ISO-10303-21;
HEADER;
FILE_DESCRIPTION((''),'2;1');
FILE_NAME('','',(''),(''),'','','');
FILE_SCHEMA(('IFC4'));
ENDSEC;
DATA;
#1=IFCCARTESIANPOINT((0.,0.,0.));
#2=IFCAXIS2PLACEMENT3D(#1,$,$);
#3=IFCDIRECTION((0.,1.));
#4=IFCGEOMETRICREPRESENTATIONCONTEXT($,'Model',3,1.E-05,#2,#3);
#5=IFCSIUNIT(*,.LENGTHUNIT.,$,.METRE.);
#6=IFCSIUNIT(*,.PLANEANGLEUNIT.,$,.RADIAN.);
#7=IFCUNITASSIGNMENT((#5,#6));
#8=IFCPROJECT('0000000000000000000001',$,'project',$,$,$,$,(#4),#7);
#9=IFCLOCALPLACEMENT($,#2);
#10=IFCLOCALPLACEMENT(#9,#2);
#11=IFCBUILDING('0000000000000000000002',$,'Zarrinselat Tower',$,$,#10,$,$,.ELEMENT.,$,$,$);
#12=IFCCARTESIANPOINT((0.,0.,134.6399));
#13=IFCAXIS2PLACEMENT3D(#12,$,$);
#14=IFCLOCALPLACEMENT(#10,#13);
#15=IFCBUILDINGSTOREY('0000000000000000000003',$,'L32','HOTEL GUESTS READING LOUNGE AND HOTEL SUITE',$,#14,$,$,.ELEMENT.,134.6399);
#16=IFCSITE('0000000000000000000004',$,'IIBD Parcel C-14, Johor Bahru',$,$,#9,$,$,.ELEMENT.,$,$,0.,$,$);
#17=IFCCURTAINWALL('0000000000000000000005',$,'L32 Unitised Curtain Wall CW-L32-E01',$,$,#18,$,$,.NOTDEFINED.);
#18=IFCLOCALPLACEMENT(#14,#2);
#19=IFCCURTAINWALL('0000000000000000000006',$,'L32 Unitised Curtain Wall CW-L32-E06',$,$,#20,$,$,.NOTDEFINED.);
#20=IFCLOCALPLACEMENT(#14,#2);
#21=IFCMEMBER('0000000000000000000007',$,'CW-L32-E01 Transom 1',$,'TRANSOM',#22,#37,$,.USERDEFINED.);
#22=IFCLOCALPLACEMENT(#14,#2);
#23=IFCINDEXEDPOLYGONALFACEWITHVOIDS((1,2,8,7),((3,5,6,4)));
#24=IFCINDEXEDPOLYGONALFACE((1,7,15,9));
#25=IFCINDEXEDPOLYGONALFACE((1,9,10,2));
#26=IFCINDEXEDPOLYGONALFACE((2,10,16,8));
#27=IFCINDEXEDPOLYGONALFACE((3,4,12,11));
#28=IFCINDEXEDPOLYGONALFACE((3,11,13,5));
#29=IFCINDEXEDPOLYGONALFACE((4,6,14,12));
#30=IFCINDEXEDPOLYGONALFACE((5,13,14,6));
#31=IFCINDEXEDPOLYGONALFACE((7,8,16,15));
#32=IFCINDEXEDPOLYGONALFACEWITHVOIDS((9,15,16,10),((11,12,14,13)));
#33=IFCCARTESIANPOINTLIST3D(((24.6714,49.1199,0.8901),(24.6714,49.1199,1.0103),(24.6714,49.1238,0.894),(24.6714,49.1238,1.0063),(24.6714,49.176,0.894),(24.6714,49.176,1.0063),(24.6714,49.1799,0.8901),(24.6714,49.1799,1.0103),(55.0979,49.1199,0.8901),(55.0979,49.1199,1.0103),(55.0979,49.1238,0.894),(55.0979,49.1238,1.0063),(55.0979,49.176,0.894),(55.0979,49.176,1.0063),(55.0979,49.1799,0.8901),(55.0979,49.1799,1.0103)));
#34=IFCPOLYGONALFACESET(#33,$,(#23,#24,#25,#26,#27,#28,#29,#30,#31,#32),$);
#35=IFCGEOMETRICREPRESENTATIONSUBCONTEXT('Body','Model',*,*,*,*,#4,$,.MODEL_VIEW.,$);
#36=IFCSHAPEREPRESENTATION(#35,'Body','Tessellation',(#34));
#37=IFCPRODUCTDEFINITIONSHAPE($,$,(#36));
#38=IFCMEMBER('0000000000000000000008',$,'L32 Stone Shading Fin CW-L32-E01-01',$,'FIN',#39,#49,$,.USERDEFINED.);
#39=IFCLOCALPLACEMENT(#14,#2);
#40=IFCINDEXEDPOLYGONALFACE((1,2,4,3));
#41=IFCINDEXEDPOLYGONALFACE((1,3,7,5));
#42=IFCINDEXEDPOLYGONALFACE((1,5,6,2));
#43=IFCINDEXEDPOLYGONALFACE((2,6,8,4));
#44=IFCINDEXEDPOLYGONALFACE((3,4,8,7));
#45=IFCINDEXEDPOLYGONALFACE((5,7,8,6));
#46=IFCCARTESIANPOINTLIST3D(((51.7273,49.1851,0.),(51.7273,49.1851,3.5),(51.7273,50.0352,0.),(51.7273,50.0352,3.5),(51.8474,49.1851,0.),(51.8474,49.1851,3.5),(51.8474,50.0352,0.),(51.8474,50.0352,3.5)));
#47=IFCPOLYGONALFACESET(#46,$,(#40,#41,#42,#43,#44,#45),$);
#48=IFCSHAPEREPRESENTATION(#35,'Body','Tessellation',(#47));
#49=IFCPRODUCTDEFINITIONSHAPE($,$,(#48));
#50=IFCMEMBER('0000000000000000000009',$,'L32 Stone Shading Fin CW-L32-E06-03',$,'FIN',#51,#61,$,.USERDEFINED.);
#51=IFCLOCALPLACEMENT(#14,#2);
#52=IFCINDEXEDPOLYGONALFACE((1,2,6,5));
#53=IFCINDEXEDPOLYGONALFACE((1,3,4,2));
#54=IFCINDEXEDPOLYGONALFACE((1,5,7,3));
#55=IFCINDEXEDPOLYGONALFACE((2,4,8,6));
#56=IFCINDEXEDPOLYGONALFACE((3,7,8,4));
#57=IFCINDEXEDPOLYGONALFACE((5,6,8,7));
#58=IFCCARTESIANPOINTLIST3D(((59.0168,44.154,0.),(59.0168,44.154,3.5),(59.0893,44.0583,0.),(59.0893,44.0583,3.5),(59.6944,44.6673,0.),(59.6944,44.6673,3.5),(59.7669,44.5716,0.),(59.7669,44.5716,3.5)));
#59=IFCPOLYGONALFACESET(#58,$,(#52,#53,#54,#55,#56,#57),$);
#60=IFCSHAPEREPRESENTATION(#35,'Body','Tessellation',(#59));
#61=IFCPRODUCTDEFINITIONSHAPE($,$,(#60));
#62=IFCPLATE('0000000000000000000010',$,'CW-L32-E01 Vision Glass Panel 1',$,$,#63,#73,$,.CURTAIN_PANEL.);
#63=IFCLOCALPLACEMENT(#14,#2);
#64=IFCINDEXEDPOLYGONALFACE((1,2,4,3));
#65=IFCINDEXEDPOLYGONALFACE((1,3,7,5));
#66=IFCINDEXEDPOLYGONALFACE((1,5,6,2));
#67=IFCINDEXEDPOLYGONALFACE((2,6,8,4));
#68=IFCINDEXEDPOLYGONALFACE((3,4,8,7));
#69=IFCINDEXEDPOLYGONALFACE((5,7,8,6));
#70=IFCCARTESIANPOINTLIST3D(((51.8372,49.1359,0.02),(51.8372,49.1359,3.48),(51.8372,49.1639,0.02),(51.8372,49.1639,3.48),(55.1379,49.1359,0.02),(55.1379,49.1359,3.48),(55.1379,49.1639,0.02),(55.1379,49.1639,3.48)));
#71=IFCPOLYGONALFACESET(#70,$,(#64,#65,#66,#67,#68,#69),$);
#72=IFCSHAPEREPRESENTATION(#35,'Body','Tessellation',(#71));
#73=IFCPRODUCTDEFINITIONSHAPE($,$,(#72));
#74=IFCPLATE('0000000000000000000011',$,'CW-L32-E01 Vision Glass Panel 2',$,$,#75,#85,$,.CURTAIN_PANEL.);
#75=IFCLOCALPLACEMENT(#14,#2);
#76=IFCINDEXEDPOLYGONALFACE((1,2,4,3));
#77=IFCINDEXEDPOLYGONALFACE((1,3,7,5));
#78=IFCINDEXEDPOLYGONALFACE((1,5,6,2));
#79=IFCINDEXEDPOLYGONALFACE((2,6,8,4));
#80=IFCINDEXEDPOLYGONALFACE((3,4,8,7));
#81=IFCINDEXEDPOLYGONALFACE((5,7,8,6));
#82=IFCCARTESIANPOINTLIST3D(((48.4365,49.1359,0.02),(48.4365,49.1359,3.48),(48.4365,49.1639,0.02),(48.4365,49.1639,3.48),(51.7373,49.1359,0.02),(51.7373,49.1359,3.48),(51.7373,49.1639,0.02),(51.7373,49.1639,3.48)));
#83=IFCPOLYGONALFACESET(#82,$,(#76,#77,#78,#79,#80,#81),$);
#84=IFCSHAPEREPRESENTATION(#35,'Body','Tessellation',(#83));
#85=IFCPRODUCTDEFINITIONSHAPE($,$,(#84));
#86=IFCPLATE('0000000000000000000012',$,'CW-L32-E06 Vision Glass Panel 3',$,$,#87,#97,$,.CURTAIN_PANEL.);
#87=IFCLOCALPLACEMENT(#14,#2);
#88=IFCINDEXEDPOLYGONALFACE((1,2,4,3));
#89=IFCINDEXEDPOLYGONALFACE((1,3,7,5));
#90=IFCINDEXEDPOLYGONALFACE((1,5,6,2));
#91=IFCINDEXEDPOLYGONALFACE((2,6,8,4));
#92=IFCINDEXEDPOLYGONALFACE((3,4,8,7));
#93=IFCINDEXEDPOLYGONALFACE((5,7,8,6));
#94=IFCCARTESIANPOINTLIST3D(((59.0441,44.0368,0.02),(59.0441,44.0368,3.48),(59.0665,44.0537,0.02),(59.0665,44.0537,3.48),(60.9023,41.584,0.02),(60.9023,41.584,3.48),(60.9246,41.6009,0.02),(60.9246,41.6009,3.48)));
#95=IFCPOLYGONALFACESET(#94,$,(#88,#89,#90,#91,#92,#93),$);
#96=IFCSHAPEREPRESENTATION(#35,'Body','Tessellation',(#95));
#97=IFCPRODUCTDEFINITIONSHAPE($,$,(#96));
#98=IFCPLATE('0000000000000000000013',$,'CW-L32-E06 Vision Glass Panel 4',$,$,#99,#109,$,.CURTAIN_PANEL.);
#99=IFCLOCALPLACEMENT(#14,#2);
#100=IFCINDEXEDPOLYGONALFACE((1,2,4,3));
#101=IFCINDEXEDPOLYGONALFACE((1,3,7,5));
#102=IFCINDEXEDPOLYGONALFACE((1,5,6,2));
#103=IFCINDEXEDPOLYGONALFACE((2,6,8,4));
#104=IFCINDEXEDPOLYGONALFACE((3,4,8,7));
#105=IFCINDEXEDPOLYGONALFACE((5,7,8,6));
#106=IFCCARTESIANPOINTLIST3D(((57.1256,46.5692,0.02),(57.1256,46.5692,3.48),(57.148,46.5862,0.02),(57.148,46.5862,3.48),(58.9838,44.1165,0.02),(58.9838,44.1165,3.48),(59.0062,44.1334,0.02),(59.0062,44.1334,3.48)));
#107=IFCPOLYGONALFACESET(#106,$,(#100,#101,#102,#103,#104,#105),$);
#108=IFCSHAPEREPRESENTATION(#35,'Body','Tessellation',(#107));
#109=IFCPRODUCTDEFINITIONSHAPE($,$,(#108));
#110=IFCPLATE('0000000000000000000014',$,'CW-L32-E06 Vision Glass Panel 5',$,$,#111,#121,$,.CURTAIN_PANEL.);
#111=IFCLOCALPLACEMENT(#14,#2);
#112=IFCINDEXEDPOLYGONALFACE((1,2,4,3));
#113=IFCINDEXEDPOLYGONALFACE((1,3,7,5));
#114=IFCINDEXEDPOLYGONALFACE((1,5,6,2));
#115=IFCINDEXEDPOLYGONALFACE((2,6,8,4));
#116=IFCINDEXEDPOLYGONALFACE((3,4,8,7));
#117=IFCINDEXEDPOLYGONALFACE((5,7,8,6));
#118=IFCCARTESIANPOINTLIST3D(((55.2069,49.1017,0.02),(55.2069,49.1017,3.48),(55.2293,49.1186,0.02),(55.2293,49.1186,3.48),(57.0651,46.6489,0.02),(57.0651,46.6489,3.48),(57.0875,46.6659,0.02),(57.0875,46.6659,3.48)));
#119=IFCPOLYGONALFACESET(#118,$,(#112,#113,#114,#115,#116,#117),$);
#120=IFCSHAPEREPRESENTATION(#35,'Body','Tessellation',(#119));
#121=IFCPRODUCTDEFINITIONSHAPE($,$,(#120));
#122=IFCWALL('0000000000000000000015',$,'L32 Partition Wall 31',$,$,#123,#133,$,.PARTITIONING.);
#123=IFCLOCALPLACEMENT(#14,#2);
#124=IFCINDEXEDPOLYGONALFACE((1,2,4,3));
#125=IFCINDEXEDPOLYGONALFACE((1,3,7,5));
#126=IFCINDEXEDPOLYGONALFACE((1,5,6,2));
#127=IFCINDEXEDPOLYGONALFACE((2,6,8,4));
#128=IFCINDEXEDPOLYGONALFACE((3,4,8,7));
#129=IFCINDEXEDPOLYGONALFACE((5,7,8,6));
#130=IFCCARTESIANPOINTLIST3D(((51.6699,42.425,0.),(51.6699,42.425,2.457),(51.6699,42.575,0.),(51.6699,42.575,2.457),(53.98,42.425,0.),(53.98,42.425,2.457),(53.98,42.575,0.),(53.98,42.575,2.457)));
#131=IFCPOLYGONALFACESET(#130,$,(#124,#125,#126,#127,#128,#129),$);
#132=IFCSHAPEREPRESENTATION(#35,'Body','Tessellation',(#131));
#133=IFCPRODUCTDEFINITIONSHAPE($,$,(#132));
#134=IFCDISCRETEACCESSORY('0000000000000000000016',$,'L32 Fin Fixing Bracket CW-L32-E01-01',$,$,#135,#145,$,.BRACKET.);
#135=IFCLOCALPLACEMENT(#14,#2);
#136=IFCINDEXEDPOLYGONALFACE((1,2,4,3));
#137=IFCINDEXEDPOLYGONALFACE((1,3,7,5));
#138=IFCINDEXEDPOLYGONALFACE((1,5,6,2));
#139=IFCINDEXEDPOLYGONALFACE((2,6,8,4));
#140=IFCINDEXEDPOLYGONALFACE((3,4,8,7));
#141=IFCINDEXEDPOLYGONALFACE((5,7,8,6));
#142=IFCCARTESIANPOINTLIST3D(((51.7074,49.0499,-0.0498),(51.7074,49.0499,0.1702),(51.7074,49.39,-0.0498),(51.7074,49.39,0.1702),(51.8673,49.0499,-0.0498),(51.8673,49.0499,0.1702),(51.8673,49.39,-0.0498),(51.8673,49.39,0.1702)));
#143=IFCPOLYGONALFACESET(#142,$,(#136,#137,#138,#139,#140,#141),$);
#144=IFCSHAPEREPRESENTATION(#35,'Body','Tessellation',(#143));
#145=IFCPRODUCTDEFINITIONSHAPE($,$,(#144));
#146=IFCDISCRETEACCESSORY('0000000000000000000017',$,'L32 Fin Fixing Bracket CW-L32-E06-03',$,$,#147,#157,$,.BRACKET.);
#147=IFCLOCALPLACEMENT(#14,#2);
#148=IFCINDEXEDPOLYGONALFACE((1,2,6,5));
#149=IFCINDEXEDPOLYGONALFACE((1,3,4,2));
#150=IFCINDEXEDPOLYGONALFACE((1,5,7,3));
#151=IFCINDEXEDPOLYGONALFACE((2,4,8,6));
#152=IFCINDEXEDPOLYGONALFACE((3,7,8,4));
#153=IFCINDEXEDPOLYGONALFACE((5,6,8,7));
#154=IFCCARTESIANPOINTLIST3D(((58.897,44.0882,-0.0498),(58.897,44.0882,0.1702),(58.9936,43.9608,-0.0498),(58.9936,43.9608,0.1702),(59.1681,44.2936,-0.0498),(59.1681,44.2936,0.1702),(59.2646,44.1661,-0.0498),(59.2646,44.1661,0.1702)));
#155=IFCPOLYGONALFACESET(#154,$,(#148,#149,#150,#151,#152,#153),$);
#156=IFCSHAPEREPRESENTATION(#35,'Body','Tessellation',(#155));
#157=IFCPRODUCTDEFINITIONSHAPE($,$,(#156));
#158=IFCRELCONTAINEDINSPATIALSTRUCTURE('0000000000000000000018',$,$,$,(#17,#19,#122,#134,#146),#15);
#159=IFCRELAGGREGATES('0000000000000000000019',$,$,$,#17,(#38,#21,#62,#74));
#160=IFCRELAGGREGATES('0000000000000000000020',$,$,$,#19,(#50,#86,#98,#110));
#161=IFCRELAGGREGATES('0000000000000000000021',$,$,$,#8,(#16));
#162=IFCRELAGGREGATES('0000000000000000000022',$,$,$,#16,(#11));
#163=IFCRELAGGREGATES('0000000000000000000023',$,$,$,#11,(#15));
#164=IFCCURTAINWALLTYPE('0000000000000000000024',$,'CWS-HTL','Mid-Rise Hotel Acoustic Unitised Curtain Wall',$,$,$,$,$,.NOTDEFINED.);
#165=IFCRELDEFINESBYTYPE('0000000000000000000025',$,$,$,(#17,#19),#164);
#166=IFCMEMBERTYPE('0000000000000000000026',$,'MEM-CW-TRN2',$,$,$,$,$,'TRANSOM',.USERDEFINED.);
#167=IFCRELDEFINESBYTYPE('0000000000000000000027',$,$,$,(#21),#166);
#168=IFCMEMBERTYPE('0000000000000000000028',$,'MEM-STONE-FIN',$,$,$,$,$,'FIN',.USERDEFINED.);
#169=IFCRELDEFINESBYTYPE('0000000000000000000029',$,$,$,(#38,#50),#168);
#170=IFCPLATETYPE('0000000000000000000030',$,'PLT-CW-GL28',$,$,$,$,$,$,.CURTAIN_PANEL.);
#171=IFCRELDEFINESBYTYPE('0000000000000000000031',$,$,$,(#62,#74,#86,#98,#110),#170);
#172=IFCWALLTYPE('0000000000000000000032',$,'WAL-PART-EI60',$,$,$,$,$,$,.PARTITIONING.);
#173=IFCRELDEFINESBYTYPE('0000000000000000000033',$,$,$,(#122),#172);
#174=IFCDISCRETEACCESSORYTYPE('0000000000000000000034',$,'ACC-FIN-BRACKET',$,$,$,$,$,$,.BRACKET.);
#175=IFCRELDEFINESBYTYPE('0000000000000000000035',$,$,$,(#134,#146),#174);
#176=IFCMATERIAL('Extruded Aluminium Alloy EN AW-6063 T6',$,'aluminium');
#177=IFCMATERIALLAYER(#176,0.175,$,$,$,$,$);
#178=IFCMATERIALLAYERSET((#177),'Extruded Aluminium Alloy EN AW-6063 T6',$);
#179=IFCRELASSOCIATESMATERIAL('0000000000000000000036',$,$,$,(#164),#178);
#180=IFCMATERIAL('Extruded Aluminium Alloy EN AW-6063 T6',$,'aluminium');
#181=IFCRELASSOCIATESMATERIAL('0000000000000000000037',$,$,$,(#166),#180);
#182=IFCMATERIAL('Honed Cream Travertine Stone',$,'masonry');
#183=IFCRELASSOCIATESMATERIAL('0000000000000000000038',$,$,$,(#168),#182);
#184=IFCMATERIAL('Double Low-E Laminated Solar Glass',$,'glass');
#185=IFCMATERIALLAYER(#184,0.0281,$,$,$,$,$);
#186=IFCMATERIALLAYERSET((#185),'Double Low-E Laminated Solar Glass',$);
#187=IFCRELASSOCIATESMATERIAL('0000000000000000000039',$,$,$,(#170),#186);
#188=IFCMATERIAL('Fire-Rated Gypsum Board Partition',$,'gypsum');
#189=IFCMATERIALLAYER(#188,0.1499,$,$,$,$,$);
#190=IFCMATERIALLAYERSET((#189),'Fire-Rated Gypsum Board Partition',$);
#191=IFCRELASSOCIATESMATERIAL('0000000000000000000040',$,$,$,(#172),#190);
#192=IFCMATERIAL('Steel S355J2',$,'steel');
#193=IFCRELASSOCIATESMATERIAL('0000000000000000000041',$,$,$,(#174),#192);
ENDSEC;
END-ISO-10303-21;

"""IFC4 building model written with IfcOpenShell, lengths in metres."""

from ifc_helpers import new_model, si_unit, direction, frame, frame_2d, origin, origin_2d, place, context, subcontext, project, spatial, rectangle, hollow_rectangle, extrude, material, layer, layer_set, material_profile, profile_set, type_object, element, aggregate, save


model = new_model("IFC4")

# Units and contexts
model_context = context("Model", 3, precision=1e-05, world=origin(), true_north=direction((0.0, 1.0)))
body_context = subcontext(model_context, "Body", "Model", "MODEL_VIEW")
ifc_project = project(units=[si_unit("LENGTHUNIT", "METRE"), si_unit("PLANEANGLEUNIT", "RADIAN")], contexts=[model_context])

# Site, building, storey
site_placement = place(None, origin())
site = spatial("IfcSite", under=ifc_project, at=site_placement, Name="IIBD Parcel C-14, Johor Bahru", CompositionType="ELEMENT", RefElevation=0.0)
building_placement = place(site_placement, origin())
building = spatial("IfcBuilding", under=site, at=building_placement, Name="Zarrinselat Tower", CompositionType="ELEMENT")
storey_placement = place(building_placement, frame((0.0, 0.0, 134.6399)))
storey = spatial("IfcBuildingStorey", under=building, at=storey_placement, Name="L32", Description="HOTEL GUESTS READING LOUNGE AND HOTEL SUITE", CompositionType="ELEMENT", Elevation=134.6399)

# Curtain walls
ifc_material_1 = material(Name="Extruded Aluminium Alloy EN AW-6063 T6", Category="aluminium")
ifc_layer_1 = layer(ifc_material_1, 0.175)
ifc_layer_set_1 = layer_set([ifc_layer_1], Name="Extruded Aluminium Alloy EN AW-6063 T6")
curtain_wall_type = type_object("IfcCurtainWallType", Name="CWS-HTL", Description="Mid-Rise Hotel Acoustic Unitised Curtain Wall", PredefinedType="NOTDEFINED", material=ifc_layer_set_1)
curtain_wall_1_placement = place(storey_placement, origin())
curtain_wall_1 = element("IfcCurtainWall", 1, at=curtain_wall_1_placement, inside=storey, type_object=curtain_wall_type, Name="L32 Unitised Curtain Wall CW-L32-E01", PredefinedType="NOTDEFINED")
curtain_wall_2_placement = place(storey_placement, origin())
curtain_wall_2 = element("IfcCurtainWall", 2, at=curtain_wall_2_placement, inside=storey, type_object=curtain_wall_type, Name="L32 Unitised Curtain Wall CW-L32-E06", PredefinedType="NOTDEFINED")

# Members
ifc_material_2 = material(Name="Extruded Aluminium Alloy EN AW-6063 T6", Category="aluminium")
ifc_material_profile_1 = material_profile(ifc_material_2, hollow_rectangle(XDim=0.0601, YDim=0.1201, WallThickness=0.0039, at=origin_2d()), Name="RHS 120x60x4")
ifc_profile_set_1 = profile_set([ifc_material_profile_1], Name="Extruded Aluminium Alloy EN AW-6063 T6")
member_type_1 = type_object("IfcMemberType", Name="MEM-CW-TRN2", ElementType="TRANSOM", PredefinedType="USERDEFINED", material=ifc_profile_set_1)
member_1_placement = place(storey_placement, frame((55.0979, 49.1499, 0.9502), z_axis=(-1.0, 0.0, 0.0), x_axis=(0.0, -1.0, 0.0)))
member_1 = element("IfcMember", 3, at=member_1_placement, type_object=member_type_1, Name="CW-L32-E01 Transom 1", ObjectType="TRANSOM", PredefinedType="USERDEFINED", context=body_context, shape_type="SweptSolid", body=[
    extrude(hollow_rectangle(XDim=0.0601, YDim=0.1201, WallThickness=0.0039, at=origin_2d()), origin(), (0.0, 0.0, 1.0), 30.4265),
])
ifc_material_3 = material(Name="Honed Cream Travertine Stone", Category="masonry")
ifc_material_profile_2 = material_profile(ifc_material_3, rectangle(XDim=0.1201, YDim=0.8501, at=origin_2d()), Name="FIN 850x120")
ifc_profile_set_2 = profile_set([ifc_material_profile_2], Name="Honed Cream Travertine Stone")
member_type_2 = type_object("IfcMemberType", Name="MEM-STONE-FIN", ElementType="FIN", PredefinedType="USERDEFINED", material=ifc_profile_set_2)
member_2_placement = place(storey_placement, frame((51.7874, 49.6101, 0.0), z_axis=(0.0, 0.0, 1.0), x_axis=(1.0, 0.0, 0.0)))
member_2 = element("IfcMember", 4, at=member_2_placement, type_object=member_type_2, Name="L32 Stone Shading Fin CW-L32-E01-01", ObjectType="FIN", PredefinedType="USERDEFINED", context=body_context, shape_type="SweptSolid", body=[
    extrude(rectangle(XDim=0.1201, YDim=0.8501, at=origin_2d()), origin(), (0.0, 0.0, 1.0), 3.5),
])
member_3_placement = place(storey_placement, frame((59.3918, 44.3628, 0.0), z_axis=(0.0, 0.0, 1.0), x_axis=(0.603859, -0.797091, 0.0)))
member_3 = element("IfcMember", 5, at=member_3_placement, type_object=member_type_2, Name="L32 Stone Shading Fin CW-L32-E06-03", ObjectType="FIN", PredefinedType="USERDEFINED", context=body_context, shape_type="SweptSolid", body=[
    extrude(rectangle(XDim=0.1201, YDim=0.8501, at=origin_2d()), origin(), (0.0, 0.0, 1.0), 3.5),
])

# Plates
ifc_material_4 = material(Name="Double Low-E Laminated Solar Glass", Category="glass")
ifc_layer_2 = layer(ifc_material_4, 0.0281)
ifc_layer_set_2 = layer_set([ifc_layer_2], Name="Double Low-E Laminated Solar Glass")
plate_type = type_object("IfcPlateType", Name="PLT-CW-GL28", PredefinedType="CURTAIN_PANEL", material=ifc_layer_set_2)
plate_1_placement = place(storey_placement, frame((53.4875, 49.1499, 0.02), z_axis=(0.0, 0.0, 1.0), x_axis=(-1.0, 0.0, 0.0)))
plate_1 = element("IfcPlate", 6, at=plate_1_placement, type_object=plate_type, Name="CW-L32-E01 Vision Glass Panel 1", PredefinedType="CURTAIN_PANEL", context=body_context, shape_type="SweptSolid", body=[
    extrude(rectangle(XDim=3.3008, YDim=0.0281, at=origin_2d()), origin(), (0.0, 0.0, 1.0), 3.46),
])
plate_2_placement = place(storey_placement, frame((50.0869, 49.1499, 0.02), z_axis=(0.0, 0.0, 1.0), x_axis=(-1.0, 0.0, 0.0)))
plate_2 = element("IfcPlate", 7, at=plate_2_placement, type_object=plate_type, Name="CW-L32-E01 Vision Glass Panel 2", PredefinedType="CURTAIN_PANEL", context=body_context, shape_type="SweptSolid", body=[
    extrude(rectangle(XDim=3.3008, YDim=0.0281, at=origin_2d()), origin(), (0.0, 0.0, 1.0), 3.46),
])
aggregate(curtain_wall_1, [member_2, member_1, plate_1, plate_2])
plate_3_placement = place(storey_placement, frame((59.9844, 42.8188, 0.02), z_axis=(0.0, 0.0, 1.0), x_axis=(-0.603859, 0.797091, 0.0)))
plate_3 = element("IfcPlate", 8, at=plate_3_placement, type_object=plate_type, Name="CW-L32-E06 Vision Glass Panel 3", PredefinedType="CURTAIN_PANEL", context=body_context, shape_type="SweptSolid", body=[
    extrude(rectangle(XDim=3.0771, YDim=0.0281, at=origin_2d()), origin(), (0.0, 0.0, 1.0), 3.46),
])
plate_4_placement = place(storey_placement, frame((58.0659, 45.3513, 0.02), z_axis=(0.0, 0.0, 1.0), x_axis=(-0.603859, 0.797091, 0.0)))
plate_4 = element("IfcPlate", 9, at=plate_4_placement, type_object=plate_type, Name="CW-L32-E06 Vision Glass Panel 4", PredefinedType="CURTAIN_PANEL", context=body_context, shape_type="SweptSolid", body=[
    extrude(rectangle(XDim=3.0771, YDim=0.0281, at=origin_2d()), origin(), (0.0, 0.0, 1.0), 3.46),
])
plate_5_placement = place(storey_placement, frame((56.1472, 47.8838, 0.02), z_axis=(0.0, 0.0, 1.0), x_axis=(-0.603859, 0.797091, 0.0)))
plate_5 = element("IfcPlate", 10, at=plate_5_placement, type_object=plate_type, Name="CW-L32-E06 Vision Glass Panel 5", PredefinedType="CURTAIN_PANEL", context=body_context, shape_type="SweptSolid", body=[
    extrude(rectangle(XDim=3.0771, YDim=0.0281, at=origin_2d()), origin(), (0.0, 0.0, 1.0), 3.46),
])
aggregate(curtain_wall_2, [member_3, plate_3, plate_4, plate_5])

# Wall
ifc_material_5 = material(Name="Fire-Rated Gypsum Board Partition", Category="gypsum")
ifc_layer_3 = layer(ifc_material_5, 0.1499)
ifc_layer_set_3 = layer_set([ifc_layer_3], Name="Fire-Rated Gypsum Board Partition")
wall_type = type_object("IfcWallType", Name="WAL-PART-EI60", PredefinedType="PARTITIONING", material=ifc_layer_set_3)
wall_placement = place(storey_placement, frame((51.6699, 42.5, 0.0), z_axis=(0.0, 0.0, 1.0), x_axis=(1.0, 0.0, 0.0)))
element("IfcWall", 11, at=wall_placement, inside=storey, type_object=wall_type, Name="L32 Partition Wall 31", PredefinedType="PARTITIONING", context=body_context, shape_type="SweptSolid", body=[
    extrude(rectangle(XDim=2.3101, YDim=0.1499, at=frame_2d((1.155, 0.0))), origin(), (0.0, 0.0, 1.0), 2.457),
])

# Discrete accessories
ifc_material_6 = material(Name="Steel S355J2", Category="steel")
discrete_accessory_type = type_object("IfcDiscreteAccessoryType", Name="ACC-FIN-BRACKET", PredefinedType="BRACKET", material=ifc_material_6)
for number, where, z_axis, x_axis, name in (
    (12, (51.7874, 49.22, -0.0498), (0.0, 0.0, 1.0), (0.0, 1.0, 0.0), "L32 Fin Fixing Bracket CW-L32-E01-01"),
    (13, (59.0808, 44.1272, -0.0498), (0.0, 0.0, 1.0), (0.797091, 0.603859, 0.0), "L32 Fin Fixing Bracket CW-L32-E06-03"),
):
    element("IfcDiscreteAccessory", number, at=place(storey_placement, frame(where, z_axis=z_axis, x_axis=x_axis)), inside=storey, type_object=discrete_accessory_type, Name=name, PredefinedType="BRACKET", context=body_context, shape_type="SweptSolid", body=[
        extrude(rectangle(XDim=0.3401, YDim=0.1599, at=origin_2d()), origin(), (0.0, 0.0, 1.0), 0.22),
    ])

save(model, "model.ifc")
